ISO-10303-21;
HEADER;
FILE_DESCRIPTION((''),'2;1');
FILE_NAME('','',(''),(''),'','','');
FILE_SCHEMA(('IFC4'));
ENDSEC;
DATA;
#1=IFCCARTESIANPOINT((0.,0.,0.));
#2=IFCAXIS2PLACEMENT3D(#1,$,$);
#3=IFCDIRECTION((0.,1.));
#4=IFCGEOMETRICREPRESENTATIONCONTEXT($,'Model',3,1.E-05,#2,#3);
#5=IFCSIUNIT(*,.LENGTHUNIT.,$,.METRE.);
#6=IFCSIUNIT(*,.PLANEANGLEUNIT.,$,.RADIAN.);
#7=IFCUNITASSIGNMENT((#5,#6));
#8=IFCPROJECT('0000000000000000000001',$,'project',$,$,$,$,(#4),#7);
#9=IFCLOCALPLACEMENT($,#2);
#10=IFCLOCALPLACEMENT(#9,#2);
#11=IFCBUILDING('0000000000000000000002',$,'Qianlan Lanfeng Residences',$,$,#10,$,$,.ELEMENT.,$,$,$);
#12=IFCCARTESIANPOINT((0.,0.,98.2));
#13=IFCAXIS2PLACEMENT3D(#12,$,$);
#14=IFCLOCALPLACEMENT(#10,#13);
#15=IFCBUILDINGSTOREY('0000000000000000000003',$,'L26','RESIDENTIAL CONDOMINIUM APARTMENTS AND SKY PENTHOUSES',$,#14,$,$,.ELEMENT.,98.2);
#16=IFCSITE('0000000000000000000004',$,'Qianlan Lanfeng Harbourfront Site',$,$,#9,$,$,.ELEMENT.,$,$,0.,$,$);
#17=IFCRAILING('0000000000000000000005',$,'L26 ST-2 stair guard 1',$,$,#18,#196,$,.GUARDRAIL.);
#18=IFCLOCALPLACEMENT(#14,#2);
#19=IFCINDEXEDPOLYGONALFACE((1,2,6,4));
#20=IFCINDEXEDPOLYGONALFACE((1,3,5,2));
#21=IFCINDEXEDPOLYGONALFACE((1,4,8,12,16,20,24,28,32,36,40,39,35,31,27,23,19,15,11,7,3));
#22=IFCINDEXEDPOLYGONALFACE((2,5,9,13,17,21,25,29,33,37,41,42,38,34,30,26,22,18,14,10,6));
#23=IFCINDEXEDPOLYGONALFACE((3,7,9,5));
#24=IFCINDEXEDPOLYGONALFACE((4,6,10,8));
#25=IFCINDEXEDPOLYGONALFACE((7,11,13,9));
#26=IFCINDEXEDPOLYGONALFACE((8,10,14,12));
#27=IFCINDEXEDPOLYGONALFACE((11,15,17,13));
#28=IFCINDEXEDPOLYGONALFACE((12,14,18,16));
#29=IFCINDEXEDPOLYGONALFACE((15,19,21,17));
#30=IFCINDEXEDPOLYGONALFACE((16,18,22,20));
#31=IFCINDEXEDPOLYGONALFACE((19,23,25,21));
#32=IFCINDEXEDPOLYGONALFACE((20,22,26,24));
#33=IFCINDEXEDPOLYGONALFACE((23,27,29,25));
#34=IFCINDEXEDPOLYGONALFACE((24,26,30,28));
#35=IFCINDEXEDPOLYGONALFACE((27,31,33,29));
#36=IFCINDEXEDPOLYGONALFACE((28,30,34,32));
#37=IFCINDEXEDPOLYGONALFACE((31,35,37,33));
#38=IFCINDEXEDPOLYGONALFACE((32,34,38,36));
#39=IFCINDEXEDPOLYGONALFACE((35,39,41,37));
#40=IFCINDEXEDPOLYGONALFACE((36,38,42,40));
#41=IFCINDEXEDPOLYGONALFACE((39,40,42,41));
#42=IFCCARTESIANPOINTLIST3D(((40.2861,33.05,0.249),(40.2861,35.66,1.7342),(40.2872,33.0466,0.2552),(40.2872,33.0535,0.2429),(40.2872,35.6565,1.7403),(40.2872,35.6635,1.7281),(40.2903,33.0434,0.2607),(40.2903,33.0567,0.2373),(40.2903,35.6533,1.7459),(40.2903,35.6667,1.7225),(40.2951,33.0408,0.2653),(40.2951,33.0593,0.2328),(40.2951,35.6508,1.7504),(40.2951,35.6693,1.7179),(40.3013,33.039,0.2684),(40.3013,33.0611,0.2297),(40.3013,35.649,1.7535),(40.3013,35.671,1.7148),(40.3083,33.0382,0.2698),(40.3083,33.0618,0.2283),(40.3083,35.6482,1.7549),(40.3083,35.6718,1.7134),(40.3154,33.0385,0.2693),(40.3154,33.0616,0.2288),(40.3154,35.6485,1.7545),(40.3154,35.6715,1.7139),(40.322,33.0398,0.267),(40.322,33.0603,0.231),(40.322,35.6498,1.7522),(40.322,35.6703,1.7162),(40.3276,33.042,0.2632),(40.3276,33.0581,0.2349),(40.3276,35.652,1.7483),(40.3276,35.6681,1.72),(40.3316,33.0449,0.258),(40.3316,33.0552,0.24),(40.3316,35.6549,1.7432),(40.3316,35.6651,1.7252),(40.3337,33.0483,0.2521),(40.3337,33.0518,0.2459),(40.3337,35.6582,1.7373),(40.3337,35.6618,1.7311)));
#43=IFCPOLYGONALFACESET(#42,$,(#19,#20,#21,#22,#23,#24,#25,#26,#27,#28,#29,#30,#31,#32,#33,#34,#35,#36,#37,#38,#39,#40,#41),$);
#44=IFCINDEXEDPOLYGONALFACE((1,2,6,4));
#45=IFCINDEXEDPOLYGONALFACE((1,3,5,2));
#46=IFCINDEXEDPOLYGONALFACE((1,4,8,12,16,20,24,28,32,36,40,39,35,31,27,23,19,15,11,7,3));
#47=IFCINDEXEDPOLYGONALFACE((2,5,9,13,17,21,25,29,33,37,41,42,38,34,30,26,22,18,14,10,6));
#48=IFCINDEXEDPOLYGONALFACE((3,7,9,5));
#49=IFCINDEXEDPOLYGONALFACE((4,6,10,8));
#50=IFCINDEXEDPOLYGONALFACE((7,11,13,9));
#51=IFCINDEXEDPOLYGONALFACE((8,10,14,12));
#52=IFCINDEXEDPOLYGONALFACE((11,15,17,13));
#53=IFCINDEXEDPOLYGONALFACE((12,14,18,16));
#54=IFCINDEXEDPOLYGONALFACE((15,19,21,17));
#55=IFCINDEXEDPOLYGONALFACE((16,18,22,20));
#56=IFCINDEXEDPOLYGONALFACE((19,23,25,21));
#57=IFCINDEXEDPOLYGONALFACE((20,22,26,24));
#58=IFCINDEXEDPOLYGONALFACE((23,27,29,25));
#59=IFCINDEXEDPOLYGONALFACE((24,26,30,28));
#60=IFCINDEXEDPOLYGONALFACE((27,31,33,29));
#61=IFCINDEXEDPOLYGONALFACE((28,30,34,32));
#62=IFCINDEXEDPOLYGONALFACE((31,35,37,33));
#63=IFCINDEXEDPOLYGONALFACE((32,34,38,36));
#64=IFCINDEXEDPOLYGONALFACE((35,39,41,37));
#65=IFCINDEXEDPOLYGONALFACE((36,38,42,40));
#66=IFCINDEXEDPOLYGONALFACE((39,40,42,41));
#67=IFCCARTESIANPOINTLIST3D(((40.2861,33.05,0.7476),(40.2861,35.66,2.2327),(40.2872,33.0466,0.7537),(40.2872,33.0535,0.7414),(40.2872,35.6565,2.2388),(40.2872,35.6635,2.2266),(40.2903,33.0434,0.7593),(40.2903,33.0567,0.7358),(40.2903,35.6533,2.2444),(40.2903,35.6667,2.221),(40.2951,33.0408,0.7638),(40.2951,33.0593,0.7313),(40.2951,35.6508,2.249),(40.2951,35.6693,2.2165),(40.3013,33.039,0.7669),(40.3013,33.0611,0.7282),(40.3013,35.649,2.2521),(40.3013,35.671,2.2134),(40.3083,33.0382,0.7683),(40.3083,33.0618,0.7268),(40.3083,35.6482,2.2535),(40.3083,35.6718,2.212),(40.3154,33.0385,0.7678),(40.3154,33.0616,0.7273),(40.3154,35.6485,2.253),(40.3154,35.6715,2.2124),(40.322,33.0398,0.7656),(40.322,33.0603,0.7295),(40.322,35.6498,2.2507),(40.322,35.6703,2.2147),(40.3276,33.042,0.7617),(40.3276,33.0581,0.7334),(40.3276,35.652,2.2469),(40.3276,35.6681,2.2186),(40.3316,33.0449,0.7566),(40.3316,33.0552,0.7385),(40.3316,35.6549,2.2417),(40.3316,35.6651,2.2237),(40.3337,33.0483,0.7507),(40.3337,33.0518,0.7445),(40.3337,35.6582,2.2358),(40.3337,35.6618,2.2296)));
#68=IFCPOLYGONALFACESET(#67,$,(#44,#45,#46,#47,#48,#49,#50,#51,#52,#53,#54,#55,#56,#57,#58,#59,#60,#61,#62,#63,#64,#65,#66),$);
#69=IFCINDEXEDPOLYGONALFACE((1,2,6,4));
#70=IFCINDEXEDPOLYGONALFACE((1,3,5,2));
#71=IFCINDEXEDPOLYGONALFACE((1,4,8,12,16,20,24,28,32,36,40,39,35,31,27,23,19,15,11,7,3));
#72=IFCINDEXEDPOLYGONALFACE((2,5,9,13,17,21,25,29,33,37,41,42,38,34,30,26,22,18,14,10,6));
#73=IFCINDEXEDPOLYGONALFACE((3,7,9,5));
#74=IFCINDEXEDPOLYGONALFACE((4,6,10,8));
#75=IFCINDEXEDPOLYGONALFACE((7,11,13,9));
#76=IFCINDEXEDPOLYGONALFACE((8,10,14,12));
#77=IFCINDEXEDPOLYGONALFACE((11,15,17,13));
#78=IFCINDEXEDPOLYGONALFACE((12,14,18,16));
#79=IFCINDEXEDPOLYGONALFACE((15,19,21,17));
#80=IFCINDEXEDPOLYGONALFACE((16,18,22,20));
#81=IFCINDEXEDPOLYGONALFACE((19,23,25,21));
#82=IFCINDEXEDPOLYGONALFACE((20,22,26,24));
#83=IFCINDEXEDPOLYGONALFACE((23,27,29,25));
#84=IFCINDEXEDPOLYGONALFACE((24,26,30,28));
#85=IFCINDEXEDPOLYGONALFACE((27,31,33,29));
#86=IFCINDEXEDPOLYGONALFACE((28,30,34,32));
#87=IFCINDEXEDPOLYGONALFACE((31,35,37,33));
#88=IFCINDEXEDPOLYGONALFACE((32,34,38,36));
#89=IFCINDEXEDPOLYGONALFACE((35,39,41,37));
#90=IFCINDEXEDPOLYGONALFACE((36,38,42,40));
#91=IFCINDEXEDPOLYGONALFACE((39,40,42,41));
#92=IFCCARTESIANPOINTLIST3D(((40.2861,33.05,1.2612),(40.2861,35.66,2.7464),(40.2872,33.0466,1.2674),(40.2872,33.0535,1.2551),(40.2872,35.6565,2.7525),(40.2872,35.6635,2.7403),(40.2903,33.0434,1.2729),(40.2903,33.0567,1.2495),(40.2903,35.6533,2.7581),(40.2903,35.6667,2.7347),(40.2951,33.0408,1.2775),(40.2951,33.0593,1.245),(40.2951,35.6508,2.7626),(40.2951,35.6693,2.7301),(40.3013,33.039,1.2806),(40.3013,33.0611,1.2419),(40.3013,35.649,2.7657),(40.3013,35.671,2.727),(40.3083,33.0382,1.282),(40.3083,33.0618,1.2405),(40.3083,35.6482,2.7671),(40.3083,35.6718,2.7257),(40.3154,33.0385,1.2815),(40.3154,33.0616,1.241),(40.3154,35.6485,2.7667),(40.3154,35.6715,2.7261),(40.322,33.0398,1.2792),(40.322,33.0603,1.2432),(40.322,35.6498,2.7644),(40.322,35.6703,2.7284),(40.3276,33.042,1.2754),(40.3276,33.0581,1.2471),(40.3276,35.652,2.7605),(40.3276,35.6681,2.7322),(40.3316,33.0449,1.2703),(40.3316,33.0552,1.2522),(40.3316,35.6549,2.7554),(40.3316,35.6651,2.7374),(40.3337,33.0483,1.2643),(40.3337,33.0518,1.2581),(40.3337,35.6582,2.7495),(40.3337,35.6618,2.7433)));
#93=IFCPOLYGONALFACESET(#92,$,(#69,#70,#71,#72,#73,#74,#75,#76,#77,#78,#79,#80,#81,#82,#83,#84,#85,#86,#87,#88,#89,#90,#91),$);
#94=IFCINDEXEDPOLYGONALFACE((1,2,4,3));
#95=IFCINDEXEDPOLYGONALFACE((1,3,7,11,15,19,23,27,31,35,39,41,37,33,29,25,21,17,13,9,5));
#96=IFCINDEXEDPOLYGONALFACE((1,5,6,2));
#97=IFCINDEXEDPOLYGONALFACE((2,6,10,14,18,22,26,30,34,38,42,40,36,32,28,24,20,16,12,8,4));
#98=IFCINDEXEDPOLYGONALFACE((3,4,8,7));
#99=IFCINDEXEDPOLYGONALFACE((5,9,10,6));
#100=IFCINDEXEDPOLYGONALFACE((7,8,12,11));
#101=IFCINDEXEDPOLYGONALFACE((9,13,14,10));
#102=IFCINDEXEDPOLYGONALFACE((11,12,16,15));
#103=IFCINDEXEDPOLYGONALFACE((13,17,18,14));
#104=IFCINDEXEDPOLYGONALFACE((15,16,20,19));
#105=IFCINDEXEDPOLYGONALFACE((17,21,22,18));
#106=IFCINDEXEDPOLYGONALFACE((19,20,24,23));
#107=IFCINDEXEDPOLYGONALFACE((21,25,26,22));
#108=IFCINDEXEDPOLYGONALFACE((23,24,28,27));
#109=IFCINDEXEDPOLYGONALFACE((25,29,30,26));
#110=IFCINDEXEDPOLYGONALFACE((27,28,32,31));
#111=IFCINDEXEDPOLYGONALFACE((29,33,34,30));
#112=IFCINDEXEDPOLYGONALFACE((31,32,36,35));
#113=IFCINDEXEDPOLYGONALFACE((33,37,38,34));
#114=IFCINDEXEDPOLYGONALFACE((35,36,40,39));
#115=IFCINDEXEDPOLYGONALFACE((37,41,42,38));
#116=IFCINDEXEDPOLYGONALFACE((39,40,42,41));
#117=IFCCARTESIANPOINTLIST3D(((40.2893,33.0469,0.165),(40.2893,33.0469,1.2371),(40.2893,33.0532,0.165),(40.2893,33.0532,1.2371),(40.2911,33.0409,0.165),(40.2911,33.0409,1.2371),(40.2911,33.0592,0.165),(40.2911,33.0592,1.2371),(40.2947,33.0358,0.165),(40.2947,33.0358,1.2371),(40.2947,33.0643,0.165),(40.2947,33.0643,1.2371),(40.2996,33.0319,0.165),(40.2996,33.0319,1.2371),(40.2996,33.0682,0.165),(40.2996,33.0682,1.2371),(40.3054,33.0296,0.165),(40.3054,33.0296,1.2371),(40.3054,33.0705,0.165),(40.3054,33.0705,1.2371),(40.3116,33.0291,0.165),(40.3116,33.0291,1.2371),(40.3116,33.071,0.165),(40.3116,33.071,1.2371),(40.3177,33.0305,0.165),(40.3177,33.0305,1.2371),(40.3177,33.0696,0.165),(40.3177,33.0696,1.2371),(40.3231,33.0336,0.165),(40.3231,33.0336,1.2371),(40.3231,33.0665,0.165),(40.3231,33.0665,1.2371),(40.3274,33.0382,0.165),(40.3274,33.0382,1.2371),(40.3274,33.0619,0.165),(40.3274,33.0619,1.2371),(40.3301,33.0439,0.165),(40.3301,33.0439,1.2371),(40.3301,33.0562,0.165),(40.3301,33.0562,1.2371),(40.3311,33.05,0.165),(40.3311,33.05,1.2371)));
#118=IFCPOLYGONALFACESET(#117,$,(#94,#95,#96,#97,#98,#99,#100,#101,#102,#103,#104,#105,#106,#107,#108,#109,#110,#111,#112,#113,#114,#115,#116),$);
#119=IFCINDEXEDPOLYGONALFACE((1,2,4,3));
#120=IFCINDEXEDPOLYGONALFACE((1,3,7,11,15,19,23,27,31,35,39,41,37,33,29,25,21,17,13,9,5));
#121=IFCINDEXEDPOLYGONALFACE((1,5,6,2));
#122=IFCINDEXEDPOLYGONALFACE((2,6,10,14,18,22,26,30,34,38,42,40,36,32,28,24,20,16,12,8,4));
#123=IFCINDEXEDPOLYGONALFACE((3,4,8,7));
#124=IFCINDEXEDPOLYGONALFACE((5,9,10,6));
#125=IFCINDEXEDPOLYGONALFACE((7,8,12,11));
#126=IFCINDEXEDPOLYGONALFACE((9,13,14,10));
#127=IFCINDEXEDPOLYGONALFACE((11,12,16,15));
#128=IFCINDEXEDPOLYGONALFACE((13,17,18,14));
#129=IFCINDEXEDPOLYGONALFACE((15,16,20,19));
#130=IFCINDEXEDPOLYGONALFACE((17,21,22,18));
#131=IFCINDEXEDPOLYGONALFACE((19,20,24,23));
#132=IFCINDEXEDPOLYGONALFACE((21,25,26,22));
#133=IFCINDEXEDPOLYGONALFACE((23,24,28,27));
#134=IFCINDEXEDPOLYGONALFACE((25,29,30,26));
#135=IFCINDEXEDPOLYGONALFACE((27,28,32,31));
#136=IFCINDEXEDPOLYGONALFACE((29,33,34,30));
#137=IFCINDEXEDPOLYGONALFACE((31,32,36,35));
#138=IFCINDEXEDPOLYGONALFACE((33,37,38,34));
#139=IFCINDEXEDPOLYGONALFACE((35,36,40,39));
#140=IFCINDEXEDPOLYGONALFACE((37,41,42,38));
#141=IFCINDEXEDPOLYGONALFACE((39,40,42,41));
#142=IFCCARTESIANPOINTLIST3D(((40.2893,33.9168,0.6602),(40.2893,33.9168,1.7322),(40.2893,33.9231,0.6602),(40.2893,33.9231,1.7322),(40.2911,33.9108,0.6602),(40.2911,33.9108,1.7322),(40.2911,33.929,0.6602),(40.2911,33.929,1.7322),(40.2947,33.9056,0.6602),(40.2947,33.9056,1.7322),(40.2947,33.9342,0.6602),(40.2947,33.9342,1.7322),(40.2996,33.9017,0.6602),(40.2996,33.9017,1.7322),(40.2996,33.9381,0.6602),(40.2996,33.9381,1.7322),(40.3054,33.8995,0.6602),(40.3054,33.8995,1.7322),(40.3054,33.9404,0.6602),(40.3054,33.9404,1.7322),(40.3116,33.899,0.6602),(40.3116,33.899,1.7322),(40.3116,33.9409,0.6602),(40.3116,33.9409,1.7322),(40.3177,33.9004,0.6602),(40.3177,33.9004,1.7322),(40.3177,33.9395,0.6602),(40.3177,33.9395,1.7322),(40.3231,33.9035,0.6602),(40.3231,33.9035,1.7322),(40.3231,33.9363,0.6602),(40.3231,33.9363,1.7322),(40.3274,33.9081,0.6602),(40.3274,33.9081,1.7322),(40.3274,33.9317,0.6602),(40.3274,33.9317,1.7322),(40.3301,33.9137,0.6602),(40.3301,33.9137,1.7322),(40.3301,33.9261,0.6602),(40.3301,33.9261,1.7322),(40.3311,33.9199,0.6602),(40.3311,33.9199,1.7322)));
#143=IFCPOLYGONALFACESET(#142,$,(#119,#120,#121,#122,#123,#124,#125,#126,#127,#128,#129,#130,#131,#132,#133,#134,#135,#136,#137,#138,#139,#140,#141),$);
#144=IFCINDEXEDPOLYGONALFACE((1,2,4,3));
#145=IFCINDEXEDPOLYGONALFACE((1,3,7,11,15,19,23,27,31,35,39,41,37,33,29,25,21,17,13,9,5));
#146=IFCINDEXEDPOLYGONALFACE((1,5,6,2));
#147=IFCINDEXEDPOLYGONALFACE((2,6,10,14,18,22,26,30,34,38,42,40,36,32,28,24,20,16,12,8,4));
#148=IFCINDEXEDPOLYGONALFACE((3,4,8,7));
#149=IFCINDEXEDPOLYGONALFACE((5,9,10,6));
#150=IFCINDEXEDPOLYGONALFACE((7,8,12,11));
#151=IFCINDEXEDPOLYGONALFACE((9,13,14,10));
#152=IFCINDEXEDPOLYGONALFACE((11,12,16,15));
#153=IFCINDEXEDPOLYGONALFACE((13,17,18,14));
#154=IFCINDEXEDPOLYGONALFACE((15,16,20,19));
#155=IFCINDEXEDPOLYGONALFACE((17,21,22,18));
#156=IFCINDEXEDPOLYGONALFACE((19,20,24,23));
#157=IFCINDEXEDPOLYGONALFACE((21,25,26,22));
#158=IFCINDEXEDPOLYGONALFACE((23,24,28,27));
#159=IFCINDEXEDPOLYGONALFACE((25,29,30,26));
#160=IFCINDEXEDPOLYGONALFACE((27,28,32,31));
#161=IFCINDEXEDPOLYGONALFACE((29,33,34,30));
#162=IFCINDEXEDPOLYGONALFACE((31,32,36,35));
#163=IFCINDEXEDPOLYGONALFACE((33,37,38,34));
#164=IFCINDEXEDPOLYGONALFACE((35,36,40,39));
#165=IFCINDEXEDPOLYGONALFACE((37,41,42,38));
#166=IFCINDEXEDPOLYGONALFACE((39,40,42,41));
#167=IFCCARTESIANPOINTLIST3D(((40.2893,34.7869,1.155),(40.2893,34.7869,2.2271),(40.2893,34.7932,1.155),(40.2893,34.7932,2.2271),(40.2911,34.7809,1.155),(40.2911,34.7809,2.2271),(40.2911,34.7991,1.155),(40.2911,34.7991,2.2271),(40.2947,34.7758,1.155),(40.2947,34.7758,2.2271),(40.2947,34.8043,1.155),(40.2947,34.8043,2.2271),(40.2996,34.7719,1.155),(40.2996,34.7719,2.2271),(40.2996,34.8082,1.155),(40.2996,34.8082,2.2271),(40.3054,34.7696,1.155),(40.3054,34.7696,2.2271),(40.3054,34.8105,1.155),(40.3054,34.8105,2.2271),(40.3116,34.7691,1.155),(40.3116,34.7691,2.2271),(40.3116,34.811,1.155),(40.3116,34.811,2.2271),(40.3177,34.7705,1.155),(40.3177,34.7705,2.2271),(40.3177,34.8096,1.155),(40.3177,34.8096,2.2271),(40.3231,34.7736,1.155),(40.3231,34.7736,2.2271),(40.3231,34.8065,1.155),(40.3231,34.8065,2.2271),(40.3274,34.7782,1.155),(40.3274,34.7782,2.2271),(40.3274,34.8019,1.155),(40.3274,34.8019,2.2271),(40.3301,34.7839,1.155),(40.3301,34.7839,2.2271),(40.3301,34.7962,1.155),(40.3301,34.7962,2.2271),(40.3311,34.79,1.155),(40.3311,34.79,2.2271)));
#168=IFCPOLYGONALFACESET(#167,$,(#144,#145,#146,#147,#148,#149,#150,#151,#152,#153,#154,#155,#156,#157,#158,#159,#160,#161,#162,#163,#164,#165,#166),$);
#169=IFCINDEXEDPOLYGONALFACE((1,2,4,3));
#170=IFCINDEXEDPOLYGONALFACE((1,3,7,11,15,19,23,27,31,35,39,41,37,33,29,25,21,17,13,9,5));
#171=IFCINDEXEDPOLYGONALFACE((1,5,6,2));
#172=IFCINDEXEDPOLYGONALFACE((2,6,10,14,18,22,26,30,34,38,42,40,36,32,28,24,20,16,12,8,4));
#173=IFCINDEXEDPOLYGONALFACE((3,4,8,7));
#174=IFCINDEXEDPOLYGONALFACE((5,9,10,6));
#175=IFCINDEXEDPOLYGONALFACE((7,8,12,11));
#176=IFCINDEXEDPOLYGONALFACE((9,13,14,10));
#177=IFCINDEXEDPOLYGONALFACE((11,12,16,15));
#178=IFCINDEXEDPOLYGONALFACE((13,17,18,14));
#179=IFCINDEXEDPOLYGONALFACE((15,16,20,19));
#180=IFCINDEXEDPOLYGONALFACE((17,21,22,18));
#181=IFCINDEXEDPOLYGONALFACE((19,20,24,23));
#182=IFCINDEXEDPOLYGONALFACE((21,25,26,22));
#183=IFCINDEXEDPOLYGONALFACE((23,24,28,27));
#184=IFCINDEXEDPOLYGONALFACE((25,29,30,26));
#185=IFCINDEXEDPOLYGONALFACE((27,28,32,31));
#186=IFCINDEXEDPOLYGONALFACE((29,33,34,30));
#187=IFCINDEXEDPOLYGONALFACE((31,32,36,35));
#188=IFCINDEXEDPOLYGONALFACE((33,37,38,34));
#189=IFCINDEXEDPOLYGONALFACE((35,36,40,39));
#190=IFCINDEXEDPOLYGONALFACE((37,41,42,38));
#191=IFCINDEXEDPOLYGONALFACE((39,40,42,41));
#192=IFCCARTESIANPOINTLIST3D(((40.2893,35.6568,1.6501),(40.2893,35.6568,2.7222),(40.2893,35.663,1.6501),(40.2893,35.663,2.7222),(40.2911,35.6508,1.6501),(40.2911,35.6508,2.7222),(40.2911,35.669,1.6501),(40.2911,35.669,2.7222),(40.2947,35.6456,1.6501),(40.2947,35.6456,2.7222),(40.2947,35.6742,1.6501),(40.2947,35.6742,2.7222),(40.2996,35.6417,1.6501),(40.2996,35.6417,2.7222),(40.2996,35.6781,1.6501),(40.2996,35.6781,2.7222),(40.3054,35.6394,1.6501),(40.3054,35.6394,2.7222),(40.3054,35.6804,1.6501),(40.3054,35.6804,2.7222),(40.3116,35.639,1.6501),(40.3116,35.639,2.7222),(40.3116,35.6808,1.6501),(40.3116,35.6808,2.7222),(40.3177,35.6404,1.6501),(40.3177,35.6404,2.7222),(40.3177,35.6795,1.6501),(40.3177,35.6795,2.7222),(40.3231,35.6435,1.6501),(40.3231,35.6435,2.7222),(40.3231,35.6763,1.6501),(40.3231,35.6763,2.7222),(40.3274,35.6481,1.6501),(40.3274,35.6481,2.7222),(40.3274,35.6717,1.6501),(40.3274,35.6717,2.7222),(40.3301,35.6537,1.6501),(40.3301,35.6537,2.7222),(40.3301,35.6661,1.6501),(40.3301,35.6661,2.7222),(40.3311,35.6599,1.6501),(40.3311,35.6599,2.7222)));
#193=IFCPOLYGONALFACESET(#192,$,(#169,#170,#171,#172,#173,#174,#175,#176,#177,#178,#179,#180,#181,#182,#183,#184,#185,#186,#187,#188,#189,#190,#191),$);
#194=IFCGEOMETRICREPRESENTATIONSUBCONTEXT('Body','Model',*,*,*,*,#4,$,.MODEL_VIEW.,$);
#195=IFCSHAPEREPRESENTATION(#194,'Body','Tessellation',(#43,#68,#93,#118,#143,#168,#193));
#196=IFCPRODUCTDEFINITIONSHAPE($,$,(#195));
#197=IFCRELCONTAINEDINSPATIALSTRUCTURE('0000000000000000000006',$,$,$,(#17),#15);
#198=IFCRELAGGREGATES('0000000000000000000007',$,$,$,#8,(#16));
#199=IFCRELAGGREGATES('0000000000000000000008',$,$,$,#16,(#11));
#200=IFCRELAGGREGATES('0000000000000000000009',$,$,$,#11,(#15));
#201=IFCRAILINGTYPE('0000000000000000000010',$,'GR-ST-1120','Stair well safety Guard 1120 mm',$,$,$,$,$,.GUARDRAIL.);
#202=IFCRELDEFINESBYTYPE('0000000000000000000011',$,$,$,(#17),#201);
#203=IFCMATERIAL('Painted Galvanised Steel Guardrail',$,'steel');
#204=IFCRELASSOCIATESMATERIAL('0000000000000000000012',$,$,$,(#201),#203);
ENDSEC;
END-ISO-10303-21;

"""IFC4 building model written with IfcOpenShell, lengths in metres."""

from ifc_helpers import new_model, si_unit, direction, frame, origin, origin_2d, place, context, subcontext, project, spatial, circle, extrude, material, type_object, element, save


model = new_model("IFC4")

# Units and contexts
model_context = context("Model", 3, precision=1e-05, world=origin(), true_north=direction((0.0, 1.0)))
body_context = subcontext(model_context, "Body", "Model", "MODEL_VIEW")
ifc_project = project(units=[si_unit("LENGTHUNIT", "METRE"), si_unit("PLANEANGLEUNIT", "RADIAN")], contexts=[model_context])

# Site, building, storey
site_placement = place(None, origin())
site = spatial("IfcSite", under=ifc_project, at=site_placement, Name="Qianlan Lanfeng Harbourfront Site", CompositionType="ELEMENT", RefElevation=0.0)
building_placement = place(site_placement, origin())
building = spatial("IfcBuilding", under=site, at=building_placement, Name="Qianlan Lanfeng Residences", CompositionType="ELEMENT")
storey_placement = place(building_placement, frame((0.0, 0.0, 98.2)))
storey = spatial("IfcBuildingStorey", under=building, at=storey_placement, Name="L26", Description="RESIDENTIAL CONDOMINIUM APARTMENTS AND SKY PENTHOUSES", CompositionType="ELEMENT", Elevation=98.2)

# Railing
ifc_material_1 = material(Name="Painted Galvanised Steel Guardrail", Category="steel")
railing_type_1 = type_object("IfcRailingType", Name="GR-ST-1120", Description="Stair well safety Guard 1120 mm", PredefinedType="GUARDRAIL", material=ifc_material_1)
railing_1_placement = place(storey_placement, frame((40.3101, 33.05, 0.165)))
element("IfcRailing", 1, at=railing_1_placement, inside=storey, type_object=railing_type_1, Name="L26 ST-2 stair guard 1", PredefinedType="GUARDRAIL", context=body_context, shape_type="SweptSolid", body=[
    extrude(circle(Radius=0.0239, at=origin_2d()), frame((0.0, 0.0, 0.084), z_axis=(0.0, 0.869137, 0.494571), x_axis=(-1.0, 0.0, 0.0)), (0.0, 0.0, 1.0), 3.0029),
    extrude(circle(Radius=0.0239, at=origin_2d()), frame((0.0, 0.0, 0.5825), z_axis=(0.0, 0.869137, 0.494571), x_axis=(-1.0, 0.0, 0.0)), (0.0, 0.0, 1.0), 3.0029),
    extrude(circle(Radius=0.0239, at=origin_2d()), frame((0.0, 0.0, 1.0962), z_axis=(0.0, 0.869137, 0.494571), x_axis=(-1.0, 0.0, 0.0)), (0.0, 0.0, 1.0), 3.0029),
    extrude(circle(Radius=0.021, at=origin_2d()), origin(), (0.0, 0.0, 1.0), 1.072),
    extrude(circle(Radius=0.021, at=origin_2d()), frame((0.0, 0.8699, 0.4951)), (0.0, 0.0, 1.0), 1.072),
    extrude(circle(Radius=0.021, at=origin_2d()), frame((0.0, 1.74, 0.99)), (0.0, 0.0, 1.0), 1.072),
    extrude(circle(Radius=0.021, at=origin_2d()), frame((0.0, 2.6099, 1.4851)), (0.0, 0.0, 1.0), 1.072),
])

save(model, "model.ifc")
